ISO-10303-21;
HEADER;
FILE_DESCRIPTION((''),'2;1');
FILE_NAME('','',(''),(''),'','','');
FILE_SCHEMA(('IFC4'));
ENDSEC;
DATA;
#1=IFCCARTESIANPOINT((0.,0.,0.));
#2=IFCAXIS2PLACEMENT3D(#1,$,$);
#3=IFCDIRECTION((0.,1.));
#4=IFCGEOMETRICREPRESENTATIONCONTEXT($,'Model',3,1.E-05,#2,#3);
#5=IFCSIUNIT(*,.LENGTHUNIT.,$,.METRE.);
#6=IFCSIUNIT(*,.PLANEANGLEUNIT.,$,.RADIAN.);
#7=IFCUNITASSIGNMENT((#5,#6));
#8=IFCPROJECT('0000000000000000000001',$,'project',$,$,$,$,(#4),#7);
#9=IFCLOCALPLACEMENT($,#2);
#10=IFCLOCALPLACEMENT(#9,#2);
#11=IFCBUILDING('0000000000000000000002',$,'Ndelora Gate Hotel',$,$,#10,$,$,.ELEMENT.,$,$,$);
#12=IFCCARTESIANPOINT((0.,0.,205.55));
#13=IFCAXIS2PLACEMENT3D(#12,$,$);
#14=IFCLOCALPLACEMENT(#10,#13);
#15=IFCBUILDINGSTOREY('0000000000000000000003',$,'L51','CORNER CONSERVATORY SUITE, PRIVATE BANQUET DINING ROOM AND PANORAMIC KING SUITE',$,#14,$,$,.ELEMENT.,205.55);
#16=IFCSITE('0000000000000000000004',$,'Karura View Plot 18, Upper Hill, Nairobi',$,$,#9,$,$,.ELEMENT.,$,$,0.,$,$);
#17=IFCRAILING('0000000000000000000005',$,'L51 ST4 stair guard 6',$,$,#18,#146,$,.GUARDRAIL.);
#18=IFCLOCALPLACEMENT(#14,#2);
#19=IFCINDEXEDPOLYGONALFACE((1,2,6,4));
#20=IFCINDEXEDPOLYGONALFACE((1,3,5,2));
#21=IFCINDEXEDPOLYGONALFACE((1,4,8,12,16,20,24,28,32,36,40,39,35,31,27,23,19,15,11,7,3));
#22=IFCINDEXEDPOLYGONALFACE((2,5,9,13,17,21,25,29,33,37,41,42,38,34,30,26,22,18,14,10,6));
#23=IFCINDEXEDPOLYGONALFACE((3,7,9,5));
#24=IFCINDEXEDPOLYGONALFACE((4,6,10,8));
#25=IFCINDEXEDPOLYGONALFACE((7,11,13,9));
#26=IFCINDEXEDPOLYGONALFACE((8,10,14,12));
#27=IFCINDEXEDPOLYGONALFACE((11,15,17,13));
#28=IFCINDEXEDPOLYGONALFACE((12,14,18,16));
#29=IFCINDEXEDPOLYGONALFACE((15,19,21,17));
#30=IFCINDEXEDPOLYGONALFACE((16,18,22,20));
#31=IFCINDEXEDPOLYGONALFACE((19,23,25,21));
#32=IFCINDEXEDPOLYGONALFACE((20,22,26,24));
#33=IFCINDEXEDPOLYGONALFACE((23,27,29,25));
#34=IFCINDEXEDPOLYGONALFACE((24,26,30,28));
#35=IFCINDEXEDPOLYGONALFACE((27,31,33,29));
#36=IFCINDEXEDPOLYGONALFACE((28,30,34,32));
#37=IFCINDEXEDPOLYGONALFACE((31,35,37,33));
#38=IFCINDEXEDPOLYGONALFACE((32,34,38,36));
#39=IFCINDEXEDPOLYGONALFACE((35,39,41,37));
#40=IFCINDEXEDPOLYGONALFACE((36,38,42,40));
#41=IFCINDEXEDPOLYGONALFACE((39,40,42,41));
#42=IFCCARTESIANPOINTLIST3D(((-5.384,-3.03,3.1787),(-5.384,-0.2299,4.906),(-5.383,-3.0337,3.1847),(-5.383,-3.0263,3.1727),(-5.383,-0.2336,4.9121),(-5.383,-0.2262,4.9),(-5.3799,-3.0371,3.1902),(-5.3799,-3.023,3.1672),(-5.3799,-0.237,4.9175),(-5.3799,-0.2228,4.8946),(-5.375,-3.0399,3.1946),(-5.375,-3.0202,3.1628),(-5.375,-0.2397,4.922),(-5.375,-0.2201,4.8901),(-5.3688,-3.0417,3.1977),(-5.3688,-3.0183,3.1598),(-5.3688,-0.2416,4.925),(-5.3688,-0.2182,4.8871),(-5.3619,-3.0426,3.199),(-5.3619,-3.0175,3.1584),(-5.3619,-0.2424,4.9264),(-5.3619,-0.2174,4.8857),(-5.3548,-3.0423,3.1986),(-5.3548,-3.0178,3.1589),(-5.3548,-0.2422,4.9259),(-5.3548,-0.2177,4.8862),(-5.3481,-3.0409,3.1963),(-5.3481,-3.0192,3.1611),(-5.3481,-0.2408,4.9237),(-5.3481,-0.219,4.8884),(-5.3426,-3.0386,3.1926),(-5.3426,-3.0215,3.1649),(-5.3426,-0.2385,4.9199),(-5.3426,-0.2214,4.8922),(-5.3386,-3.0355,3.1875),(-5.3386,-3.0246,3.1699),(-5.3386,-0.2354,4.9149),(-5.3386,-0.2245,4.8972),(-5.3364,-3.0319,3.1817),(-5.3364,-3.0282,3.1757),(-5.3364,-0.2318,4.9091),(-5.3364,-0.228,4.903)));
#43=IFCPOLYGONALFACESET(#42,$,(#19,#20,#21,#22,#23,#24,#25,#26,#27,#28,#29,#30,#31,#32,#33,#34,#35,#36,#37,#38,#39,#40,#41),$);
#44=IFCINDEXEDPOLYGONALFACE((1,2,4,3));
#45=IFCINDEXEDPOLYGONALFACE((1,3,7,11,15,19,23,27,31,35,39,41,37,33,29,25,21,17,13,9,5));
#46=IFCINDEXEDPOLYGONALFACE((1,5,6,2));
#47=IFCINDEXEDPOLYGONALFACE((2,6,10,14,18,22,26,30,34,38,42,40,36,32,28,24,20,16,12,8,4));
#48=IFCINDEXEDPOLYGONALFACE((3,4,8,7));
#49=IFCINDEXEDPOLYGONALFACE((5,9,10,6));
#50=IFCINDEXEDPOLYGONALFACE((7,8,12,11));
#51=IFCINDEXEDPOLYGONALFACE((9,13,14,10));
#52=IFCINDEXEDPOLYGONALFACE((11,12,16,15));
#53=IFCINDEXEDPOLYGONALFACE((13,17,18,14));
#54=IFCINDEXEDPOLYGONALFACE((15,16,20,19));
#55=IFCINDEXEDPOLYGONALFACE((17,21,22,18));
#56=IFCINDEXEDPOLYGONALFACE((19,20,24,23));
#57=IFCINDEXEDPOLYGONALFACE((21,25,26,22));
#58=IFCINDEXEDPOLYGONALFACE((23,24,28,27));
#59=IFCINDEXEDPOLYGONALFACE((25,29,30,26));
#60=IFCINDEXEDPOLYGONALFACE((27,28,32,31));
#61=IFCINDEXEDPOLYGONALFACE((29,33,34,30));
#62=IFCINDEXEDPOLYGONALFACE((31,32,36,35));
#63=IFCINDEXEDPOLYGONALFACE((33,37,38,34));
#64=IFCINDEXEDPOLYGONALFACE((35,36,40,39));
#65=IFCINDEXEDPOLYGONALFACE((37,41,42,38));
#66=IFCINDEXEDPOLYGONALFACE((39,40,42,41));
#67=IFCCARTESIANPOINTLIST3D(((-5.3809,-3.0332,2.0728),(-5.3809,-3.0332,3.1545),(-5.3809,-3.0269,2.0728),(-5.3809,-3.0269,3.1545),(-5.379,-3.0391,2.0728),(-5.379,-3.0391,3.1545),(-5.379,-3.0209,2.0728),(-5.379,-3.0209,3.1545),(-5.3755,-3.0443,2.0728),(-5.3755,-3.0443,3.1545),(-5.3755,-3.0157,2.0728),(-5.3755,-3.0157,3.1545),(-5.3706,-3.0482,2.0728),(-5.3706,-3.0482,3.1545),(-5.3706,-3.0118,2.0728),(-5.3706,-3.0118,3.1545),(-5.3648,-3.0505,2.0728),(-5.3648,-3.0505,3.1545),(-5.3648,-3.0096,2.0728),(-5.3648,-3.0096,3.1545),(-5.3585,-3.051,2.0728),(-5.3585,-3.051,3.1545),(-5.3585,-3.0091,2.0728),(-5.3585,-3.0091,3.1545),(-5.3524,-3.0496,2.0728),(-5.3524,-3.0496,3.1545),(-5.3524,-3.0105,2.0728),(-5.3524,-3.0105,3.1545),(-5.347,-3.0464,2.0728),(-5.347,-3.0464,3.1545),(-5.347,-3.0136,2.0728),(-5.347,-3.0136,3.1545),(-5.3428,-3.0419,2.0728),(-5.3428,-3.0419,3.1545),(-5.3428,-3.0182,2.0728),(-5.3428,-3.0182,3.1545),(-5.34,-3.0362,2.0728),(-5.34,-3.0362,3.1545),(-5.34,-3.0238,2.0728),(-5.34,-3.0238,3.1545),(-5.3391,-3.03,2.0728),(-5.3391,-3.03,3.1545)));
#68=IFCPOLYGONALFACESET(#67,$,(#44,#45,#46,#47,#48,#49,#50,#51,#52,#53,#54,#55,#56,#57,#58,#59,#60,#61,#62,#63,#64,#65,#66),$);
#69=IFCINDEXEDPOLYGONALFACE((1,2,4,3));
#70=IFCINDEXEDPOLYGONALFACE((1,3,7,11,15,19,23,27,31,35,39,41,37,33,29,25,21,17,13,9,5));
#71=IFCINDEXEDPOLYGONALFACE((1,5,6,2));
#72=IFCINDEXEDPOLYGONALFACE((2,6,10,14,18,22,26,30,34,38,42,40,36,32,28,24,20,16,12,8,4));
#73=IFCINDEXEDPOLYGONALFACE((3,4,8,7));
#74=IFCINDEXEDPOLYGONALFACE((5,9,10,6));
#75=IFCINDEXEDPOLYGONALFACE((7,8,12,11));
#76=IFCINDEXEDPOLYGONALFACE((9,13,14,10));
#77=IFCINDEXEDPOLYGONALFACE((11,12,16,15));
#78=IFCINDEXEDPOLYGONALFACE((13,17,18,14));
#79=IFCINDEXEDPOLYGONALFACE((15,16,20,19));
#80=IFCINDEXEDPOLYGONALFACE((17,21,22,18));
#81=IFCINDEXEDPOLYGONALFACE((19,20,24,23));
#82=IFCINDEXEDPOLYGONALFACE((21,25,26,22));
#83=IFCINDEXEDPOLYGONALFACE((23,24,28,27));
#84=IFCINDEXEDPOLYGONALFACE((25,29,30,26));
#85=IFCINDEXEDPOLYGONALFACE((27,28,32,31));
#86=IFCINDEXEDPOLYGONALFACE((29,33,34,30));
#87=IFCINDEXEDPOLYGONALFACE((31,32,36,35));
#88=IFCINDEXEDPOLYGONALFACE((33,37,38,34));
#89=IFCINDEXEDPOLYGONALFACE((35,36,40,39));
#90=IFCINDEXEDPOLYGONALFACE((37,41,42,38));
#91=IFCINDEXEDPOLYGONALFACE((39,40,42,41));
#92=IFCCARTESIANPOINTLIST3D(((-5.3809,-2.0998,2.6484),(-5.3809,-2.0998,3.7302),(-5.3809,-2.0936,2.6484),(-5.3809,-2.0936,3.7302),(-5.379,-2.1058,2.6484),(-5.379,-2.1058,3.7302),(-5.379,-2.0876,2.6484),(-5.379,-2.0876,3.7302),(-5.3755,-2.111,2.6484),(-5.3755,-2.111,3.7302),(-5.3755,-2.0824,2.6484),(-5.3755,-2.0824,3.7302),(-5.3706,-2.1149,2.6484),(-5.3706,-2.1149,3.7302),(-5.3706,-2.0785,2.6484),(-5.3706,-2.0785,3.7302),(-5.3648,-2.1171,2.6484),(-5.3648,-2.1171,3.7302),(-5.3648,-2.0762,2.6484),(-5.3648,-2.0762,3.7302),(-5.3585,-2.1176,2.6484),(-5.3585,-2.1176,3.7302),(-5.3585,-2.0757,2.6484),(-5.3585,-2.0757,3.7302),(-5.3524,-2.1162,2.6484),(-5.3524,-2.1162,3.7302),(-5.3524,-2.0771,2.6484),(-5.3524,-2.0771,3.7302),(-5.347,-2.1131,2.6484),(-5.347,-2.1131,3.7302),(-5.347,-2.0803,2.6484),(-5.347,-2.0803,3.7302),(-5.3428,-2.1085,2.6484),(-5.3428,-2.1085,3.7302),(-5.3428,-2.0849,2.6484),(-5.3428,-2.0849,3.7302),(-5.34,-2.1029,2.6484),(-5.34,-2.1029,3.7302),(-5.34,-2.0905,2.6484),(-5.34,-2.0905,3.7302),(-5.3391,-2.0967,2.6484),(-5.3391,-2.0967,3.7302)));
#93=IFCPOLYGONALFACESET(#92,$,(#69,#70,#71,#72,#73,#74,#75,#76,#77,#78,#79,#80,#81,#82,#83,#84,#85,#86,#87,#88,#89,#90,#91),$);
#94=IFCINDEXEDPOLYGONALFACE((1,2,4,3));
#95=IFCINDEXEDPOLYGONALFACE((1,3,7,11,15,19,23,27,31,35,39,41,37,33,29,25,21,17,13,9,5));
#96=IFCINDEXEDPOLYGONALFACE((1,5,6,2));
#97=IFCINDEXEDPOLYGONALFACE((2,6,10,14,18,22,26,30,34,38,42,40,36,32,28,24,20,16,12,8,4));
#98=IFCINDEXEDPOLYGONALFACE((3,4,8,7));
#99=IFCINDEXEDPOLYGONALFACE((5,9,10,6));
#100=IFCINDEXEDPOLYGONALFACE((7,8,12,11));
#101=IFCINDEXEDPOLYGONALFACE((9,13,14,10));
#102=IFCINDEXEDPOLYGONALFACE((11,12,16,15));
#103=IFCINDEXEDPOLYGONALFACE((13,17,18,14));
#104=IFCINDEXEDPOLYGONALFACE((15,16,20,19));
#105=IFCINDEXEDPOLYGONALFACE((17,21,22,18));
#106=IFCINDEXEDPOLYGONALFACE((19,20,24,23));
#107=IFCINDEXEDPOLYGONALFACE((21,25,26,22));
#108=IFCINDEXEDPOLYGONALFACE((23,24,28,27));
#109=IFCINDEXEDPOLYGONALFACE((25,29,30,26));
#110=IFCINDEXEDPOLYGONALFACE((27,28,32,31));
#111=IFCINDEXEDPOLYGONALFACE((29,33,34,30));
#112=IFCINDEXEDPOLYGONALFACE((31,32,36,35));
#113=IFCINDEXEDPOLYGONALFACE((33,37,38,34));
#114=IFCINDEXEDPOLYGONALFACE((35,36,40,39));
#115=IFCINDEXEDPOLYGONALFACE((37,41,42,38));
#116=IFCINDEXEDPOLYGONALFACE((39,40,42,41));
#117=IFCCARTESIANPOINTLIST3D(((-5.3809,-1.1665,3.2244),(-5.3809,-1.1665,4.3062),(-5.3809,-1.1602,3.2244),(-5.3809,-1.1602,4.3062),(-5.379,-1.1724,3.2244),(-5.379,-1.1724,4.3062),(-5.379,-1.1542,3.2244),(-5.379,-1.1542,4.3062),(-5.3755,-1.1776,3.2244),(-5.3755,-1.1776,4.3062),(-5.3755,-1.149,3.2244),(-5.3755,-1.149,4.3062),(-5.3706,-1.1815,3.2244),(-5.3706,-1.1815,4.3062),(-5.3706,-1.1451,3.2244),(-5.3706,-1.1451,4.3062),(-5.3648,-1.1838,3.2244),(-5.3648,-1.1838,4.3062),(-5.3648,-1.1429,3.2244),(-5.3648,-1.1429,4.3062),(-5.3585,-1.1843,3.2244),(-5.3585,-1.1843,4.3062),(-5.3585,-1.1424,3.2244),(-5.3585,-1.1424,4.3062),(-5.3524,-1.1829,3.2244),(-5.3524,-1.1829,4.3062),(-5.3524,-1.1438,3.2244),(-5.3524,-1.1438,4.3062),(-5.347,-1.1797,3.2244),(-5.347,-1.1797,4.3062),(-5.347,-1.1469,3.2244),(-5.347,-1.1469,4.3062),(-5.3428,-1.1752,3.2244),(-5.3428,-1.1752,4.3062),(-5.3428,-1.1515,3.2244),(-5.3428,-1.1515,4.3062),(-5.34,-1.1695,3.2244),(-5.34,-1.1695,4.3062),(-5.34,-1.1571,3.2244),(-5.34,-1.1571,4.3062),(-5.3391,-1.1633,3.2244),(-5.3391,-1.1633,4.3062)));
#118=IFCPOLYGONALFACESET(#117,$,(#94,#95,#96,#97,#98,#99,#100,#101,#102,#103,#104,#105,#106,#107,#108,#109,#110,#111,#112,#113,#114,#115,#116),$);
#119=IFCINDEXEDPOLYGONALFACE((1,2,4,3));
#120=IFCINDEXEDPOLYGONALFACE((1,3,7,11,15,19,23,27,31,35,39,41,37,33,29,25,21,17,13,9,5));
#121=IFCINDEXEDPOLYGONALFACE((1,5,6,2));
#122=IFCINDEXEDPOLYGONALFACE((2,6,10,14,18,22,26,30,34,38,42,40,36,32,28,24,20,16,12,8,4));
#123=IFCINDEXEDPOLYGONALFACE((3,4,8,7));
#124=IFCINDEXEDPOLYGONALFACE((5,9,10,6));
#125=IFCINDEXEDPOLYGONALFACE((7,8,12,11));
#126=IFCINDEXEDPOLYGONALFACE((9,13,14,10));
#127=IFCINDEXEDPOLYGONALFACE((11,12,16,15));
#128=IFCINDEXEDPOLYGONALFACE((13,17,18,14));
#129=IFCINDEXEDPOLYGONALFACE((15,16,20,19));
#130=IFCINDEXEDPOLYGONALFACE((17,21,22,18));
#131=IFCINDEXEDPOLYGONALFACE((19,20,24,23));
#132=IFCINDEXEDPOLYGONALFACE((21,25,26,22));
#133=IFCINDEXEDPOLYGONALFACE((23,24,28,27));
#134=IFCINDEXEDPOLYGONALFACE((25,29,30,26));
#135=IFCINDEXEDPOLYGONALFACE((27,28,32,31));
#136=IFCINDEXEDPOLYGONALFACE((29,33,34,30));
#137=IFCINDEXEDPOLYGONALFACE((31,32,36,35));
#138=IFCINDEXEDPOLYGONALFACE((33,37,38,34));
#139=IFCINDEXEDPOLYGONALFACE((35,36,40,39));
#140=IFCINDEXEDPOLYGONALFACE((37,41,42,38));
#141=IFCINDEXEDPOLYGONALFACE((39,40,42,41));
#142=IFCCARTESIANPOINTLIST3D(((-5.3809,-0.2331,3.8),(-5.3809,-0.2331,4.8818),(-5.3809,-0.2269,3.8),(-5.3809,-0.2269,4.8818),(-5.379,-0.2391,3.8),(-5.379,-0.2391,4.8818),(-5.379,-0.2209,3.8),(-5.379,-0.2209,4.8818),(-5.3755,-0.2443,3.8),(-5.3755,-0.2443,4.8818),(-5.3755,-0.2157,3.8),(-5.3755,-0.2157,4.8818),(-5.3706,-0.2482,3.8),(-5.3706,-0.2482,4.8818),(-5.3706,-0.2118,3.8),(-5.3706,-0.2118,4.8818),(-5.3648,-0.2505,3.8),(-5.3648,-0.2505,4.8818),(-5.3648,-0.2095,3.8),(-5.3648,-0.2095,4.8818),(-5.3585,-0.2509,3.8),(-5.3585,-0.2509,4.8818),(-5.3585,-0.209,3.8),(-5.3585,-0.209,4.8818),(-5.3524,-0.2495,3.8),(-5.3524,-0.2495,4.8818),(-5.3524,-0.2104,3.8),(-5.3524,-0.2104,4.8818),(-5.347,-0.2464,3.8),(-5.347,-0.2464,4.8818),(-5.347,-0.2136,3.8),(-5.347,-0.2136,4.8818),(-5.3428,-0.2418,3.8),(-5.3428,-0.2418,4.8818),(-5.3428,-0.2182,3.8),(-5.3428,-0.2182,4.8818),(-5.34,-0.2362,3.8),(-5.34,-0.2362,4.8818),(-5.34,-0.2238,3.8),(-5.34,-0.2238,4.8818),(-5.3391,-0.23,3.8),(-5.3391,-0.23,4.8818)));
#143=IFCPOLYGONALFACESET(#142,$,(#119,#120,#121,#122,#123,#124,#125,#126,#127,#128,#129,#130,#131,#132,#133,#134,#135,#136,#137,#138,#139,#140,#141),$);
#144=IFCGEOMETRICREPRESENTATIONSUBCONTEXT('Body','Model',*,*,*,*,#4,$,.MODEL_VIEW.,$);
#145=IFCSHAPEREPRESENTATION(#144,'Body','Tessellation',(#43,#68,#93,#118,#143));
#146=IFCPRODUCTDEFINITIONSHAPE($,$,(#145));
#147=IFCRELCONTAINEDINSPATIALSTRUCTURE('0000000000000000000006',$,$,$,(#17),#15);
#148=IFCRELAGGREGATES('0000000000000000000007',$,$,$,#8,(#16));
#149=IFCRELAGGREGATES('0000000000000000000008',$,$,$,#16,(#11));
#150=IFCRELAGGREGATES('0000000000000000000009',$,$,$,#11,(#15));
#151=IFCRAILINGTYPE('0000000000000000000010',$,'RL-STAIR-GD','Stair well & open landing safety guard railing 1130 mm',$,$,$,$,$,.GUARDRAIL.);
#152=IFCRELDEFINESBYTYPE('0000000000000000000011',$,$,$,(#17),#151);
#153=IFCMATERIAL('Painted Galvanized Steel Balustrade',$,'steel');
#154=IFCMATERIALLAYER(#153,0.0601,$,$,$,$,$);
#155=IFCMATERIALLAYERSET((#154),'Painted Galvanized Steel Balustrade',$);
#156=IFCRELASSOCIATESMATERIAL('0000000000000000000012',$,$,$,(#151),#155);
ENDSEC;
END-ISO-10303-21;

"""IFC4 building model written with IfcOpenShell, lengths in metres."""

from ifc_helpers import new_model, si_unit, direction, frame, origin, origin_2d, place, context, subcontext, project, spatial, circle, extrude, material, layer, layer_set, type_object, element, save


model = new_model("IFC4")

# Units and contexts
model_context = context("Model", 3, precision=1e-05, world=origin(), true_north=direction((0.0, 1.0)))
body_context = subcontext(model_context, "Body", "Model", "MODEL_VIEW")
ifc_project = project(units=[si_unit("LENGTHUNIT", "METRE"), si_unit("PLANEANGLEUNIT", "RADIAN")], contexts=[model_context])

# Site, building, storey
site_placement = place(None, origin())
site = spatial("IfcSite", under=ifc_project, at=site_placement, Name="Karura View Plot 18, Upper Hill, Nairobi", CompositionType="ELEMENT", RefElevation=0.0)
building_placement = place(site_placement, origin())
building = spatial("IfcBuilding", under=site, at=building_placement, Name="Ndelora Gate Hotel", CompositionType="ELEMENT")
storey_placement = place(building_placement, frame((0.0, 0.0, 205.55)))
storey = spatial("IfcBuildingStorey", under=building, at=storey_placement, Name="L51", Description="CORNER CONSERVATORY SUITE, PRIVATE BANQUET DINING ROOM AND PANORAMIC KING SUITE", CompositionType="ELEMENT", Elevation=205.55)

# Railing
ifc_material_1 = material(Name="Painted Galvanized Steel Balustrade", Category="steel")
ifc_layer_1 = layer(ifc_material_1, 0.0601)
ifc_layer_set_1 = layer_set([ifc_layer_1], Name="Painted Galvanized Steel Balustrade")
railing_type_1 = type_object("IfcRailingType", Name="RL-STAIR-GD", Description="Stair well & open landing safety guard railing 1130 mm", PredefinedType="GUARDRAIL", material=ifc_layer_set_1)
railing_1_placement = place(storey_placement, frame((-5.3601, -3.03, 2.0728)))
element("IfcRailing", 1, at=railing_1_placement, inside=storey, type_object=railing_type_1, Name="L51 ST4 stair guard 6", PredefinedType="GUARDRAIL", context=body_context, shape_type="SweptSolid", body=[
    extrude(circle(Radius=0.0239, at=origin_2d()), frame((0.0, 0.0, 1.106), z_axis=(0.0, 0.85109, 0.52502), x_axis=(-1.0, 0.0, 0.0)), (0.0, 0.0, 1.0), 3.29),
    extrude(circle(Radius=0.021, at=origin_2d()), origin(), (0.0, 0.0, 1.0), 1.0818),
    extrude(circle(Radius=0.021, at=origin_2d()), frame((0.0, 0.9333, 0.5757)), (0.0, 0.0, 1.0), 1.0818),
    extrude(circle(Radius=0.021, at=origin_2d()), frame((0.0, 1.8667, 1.1516)), (0.0, 0.0, 1.0), 1.0818),
    extrude(circle(Radius=0.021, at=origin_2d()), frame((0.0, 2.8, 1.7273)), (0.0, 0.0, 1.0), 1.0818),
])

save(model, "model.ifc")
